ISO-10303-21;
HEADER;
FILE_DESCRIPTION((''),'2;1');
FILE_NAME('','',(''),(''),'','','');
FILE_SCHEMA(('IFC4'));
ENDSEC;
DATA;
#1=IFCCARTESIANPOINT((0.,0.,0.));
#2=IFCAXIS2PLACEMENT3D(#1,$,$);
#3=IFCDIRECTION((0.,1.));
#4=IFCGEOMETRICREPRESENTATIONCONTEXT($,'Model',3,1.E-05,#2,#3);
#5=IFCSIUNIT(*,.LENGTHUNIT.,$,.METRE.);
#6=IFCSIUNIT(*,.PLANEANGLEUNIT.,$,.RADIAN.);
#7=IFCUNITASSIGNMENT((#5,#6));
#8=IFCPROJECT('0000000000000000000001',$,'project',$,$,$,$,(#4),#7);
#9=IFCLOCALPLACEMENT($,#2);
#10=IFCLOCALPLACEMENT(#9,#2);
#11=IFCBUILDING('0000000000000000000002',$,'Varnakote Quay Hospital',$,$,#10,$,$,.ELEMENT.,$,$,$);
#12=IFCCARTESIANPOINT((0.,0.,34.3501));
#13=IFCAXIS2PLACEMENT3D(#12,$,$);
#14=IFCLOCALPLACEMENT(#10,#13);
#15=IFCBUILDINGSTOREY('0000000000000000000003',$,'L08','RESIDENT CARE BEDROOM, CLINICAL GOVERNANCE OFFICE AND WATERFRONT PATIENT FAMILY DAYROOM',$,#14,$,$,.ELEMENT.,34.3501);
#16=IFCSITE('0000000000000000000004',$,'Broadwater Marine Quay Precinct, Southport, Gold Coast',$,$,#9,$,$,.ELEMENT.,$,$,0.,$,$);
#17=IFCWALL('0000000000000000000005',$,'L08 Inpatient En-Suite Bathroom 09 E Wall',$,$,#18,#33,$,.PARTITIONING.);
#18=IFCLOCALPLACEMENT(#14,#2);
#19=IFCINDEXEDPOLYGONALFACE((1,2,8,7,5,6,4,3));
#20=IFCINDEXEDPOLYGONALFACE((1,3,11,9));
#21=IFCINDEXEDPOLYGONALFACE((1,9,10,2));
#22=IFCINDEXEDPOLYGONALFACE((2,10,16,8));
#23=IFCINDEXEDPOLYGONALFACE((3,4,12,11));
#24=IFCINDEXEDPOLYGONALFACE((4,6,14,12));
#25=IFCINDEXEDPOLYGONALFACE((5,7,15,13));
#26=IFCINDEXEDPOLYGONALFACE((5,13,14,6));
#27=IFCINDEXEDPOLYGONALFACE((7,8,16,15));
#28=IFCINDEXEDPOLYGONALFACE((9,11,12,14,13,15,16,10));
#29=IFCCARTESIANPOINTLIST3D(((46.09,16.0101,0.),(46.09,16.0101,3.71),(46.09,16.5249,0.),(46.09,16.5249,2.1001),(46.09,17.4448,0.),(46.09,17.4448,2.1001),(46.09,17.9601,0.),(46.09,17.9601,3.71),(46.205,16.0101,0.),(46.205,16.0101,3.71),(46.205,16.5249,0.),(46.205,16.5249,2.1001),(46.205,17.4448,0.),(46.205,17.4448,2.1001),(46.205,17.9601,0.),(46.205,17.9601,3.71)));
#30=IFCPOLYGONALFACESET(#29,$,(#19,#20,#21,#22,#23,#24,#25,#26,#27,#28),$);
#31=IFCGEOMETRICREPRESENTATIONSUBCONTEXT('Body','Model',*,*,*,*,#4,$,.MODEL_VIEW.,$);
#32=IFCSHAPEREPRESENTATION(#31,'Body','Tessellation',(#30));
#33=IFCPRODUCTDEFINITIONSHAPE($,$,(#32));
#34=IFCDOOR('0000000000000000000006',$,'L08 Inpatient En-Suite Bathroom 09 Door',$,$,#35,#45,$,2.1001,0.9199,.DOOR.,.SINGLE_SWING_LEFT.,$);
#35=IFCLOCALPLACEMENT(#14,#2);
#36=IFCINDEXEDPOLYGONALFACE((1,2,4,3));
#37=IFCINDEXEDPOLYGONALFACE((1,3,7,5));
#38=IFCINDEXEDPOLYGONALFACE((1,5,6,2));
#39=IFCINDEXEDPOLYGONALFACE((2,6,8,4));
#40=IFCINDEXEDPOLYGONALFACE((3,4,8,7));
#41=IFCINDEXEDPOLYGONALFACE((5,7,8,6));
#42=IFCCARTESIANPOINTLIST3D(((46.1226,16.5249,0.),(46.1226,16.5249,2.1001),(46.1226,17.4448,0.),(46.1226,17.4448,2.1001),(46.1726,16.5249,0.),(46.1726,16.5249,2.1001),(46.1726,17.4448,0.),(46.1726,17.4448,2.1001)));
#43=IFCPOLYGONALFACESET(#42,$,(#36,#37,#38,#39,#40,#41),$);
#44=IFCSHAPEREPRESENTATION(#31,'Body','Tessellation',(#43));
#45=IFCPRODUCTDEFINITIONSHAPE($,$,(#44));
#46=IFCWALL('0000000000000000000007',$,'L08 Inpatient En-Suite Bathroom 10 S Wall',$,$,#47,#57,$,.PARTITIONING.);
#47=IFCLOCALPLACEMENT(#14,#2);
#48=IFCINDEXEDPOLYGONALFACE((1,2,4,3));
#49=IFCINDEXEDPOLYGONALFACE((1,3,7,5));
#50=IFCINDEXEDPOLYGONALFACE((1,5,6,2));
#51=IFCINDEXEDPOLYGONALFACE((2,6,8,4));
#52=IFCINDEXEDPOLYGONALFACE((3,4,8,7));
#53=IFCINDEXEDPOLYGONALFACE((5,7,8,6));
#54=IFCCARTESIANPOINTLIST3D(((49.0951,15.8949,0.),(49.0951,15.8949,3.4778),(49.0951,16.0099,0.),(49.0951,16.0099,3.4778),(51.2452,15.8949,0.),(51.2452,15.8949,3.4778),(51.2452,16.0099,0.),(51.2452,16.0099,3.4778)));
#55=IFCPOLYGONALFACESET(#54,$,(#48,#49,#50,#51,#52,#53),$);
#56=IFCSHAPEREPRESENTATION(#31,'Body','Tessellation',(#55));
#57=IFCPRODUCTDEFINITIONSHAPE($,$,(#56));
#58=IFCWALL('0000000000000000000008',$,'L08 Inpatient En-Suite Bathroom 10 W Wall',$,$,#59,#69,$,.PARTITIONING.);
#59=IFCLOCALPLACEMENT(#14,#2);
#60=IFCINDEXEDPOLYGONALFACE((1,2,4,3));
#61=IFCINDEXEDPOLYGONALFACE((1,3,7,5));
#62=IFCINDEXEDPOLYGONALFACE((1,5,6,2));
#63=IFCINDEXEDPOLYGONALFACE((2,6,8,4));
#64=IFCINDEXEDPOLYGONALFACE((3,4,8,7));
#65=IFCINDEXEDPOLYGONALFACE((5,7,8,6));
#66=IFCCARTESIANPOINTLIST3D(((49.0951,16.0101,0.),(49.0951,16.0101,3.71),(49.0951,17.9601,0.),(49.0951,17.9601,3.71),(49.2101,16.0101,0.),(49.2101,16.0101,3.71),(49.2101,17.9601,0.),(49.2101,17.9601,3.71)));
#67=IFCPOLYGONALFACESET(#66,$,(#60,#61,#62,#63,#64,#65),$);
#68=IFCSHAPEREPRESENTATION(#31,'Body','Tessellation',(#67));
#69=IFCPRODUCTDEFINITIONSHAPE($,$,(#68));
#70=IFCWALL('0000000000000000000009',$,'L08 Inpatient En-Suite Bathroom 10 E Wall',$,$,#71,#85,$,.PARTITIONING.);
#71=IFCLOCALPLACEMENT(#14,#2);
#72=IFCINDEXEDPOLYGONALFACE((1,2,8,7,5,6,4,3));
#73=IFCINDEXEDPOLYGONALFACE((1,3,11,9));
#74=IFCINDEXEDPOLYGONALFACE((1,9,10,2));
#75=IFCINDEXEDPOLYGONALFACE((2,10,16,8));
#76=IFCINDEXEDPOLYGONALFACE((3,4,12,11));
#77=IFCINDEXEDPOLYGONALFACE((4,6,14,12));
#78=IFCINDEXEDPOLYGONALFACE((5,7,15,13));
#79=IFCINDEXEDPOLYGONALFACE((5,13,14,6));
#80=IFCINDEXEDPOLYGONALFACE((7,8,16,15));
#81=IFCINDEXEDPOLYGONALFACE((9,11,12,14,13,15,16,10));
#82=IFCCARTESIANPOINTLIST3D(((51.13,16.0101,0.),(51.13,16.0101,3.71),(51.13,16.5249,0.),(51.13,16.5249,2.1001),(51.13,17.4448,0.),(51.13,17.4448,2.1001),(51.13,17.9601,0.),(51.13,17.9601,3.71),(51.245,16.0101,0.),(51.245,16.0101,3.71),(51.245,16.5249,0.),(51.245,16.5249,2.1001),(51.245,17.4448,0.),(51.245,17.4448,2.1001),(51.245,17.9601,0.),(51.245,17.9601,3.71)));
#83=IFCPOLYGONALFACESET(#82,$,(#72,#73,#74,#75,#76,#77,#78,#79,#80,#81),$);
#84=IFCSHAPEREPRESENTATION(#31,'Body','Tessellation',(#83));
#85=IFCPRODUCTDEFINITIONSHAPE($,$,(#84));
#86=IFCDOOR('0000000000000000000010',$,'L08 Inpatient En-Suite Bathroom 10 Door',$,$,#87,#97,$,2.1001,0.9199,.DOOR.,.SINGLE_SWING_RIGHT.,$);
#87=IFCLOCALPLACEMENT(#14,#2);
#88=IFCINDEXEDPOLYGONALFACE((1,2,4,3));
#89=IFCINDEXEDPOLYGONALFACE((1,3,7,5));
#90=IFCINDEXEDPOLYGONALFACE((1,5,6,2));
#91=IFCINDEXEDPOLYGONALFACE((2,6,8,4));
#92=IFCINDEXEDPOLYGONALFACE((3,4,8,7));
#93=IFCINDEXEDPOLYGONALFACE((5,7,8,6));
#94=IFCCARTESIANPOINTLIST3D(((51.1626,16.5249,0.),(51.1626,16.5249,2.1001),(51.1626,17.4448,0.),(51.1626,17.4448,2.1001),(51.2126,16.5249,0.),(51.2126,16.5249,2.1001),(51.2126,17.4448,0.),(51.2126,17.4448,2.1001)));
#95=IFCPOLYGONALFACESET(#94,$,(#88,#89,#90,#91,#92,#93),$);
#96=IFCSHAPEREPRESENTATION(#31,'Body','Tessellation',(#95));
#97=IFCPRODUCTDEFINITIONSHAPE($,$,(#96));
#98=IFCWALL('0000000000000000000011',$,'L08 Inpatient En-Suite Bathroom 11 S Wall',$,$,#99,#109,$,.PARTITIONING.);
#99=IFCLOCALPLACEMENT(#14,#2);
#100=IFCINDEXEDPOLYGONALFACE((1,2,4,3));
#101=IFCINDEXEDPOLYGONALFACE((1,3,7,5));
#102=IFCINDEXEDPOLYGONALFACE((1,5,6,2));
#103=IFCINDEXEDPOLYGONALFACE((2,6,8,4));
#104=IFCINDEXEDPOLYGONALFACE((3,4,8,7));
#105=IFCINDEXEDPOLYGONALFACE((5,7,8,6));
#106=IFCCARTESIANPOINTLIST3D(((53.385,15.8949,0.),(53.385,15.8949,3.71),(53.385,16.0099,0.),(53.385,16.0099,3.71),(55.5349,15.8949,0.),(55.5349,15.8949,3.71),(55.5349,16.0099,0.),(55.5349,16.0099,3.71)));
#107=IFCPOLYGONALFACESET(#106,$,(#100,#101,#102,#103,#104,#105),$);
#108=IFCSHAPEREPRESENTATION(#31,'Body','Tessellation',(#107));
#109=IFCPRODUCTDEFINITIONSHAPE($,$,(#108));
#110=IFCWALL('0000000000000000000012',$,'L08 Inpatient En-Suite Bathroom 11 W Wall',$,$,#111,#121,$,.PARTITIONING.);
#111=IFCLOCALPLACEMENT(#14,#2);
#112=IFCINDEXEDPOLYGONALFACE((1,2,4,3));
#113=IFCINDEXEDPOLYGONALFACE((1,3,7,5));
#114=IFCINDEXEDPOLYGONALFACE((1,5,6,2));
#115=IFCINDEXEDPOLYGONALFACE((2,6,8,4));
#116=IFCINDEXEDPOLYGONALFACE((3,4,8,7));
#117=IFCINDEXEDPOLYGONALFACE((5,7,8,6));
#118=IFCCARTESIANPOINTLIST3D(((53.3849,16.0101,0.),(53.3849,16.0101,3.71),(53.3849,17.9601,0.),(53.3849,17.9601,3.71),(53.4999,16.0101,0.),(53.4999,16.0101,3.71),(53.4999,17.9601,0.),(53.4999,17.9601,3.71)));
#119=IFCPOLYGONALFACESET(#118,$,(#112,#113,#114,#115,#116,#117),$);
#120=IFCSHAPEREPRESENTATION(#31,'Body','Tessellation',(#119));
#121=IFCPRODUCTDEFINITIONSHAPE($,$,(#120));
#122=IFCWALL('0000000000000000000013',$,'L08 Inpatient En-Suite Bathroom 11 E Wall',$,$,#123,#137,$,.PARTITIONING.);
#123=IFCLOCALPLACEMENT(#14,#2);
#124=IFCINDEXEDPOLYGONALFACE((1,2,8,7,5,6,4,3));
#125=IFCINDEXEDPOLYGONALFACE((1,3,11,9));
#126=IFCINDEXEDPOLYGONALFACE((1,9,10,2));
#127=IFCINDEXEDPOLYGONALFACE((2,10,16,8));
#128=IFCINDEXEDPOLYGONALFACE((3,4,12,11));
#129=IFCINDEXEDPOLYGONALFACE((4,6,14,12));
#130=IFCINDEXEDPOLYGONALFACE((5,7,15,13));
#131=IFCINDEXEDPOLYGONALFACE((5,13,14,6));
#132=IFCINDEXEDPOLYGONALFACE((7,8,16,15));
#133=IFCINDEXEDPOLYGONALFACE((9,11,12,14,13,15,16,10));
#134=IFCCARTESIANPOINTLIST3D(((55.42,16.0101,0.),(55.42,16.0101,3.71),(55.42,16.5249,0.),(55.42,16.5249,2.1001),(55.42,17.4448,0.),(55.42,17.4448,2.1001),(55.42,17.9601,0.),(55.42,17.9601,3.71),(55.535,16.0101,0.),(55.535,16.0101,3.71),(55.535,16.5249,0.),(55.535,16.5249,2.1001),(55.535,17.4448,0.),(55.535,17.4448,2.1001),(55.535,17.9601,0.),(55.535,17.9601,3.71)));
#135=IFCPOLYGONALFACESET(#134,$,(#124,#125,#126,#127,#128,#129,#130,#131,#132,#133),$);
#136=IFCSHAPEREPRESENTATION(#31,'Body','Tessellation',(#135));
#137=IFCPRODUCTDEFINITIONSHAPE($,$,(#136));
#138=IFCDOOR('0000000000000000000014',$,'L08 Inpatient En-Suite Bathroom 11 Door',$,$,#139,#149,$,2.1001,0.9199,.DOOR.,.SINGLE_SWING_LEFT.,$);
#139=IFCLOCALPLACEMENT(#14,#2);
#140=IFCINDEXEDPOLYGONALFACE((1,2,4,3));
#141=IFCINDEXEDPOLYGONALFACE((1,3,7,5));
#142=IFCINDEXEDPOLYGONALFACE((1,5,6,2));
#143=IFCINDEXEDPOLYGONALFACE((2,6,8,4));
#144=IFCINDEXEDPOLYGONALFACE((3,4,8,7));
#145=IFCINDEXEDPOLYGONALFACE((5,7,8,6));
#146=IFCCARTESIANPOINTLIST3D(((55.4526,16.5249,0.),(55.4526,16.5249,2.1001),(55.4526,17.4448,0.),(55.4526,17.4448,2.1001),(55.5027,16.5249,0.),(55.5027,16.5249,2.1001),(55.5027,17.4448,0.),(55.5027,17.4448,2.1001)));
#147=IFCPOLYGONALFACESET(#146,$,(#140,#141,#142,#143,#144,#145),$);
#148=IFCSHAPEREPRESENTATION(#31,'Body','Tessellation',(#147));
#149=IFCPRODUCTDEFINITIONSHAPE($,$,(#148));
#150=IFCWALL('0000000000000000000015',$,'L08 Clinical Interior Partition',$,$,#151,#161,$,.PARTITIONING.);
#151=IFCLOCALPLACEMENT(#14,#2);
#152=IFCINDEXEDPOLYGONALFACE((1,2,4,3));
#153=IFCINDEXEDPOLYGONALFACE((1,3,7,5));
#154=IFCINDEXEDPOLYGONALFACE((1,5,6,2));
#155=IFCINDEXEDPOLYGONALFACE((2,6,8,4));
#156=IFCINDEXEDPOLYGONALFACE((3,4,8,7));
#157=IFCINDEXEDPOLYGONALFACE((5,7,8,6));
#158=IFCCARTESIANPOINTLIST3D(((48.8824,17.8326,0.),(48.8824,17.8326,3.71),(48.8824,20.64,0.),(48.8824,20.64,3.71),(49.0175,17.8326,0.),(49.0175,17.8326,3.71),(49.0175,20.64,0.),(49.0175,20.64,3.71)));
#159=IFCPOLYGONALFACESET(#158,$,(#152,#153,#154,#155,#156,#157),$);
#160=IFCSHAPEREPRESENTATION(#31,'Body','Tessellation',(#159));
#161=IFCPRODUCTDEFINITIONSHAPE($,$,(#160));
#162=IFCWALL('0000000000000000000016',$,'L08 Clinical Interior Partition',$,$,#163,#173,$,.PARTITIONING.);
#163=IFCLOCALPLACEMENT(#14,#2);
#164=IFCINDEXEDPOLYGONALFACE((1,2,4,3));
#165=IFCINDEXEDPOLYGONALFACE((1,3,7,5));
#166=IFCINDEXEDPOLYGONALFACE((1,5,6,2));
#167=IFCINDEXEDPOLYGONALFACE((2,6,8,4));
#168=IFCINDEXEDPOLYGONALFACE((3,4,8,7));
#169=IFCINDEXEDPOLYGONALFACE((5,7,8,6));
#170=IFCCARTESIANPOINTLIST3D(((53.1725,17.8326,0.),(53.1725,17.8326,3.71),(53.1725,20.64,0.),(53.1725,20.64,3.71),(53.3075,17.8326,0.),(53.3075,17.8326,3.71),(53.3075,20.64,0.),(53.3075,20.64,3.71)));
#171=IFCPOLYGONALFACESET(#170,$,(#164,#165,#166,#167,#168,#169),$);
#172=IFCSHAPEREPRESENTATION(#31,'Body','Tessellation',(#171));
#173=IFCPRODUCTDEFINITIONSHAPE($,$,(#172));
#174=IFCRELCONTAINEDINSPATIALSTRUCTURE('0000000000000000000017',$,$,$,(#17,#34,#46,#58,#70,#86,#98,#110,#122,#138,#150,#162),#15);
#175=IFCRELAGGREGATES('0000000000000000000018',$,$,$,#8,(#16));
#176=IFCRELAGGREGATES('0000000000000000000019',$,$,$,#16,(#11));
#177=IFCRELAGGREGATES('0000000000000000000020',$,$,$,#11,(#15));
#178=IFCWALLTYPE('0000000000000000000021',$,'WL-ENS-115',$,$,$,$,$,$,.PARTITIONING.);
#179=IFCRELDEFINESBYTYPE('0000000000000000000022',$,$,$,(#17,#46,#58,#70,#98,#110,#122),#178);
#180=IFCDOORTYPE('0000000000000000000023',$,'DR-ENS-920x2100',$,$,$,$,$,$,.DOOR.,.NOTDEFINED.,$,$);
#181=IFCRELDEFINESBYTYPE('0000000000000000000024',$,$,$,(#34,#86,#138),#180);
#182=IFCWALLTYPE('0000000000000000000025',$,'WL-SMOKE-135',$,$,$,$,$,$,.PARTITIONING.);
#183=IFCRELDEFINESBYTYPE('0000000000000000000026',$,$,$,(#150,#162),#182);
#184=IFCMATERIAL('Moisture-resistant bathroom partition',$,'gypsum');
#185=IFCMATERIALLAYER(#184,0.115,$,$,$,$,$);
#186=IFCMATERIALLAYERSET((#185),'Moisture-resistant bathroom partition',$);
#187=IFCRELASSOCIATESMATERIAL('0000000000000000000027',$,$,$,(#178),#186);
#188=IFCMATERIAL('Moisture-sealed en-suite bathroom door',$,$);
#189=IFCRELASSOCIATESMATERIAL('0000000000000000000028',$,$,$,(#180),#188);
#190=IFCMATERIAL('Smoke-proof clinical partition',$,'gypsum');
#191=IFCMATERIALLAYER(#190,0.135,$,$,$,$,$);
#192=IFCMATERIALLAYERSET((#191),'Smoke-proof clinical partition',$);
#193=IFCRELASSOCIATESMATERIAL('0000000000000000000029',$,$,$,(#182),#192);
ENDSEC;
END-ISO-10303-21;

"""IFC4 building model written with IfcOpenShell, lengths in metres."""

from ifc_helpers import new_model, si_unit, direction, frame, frame_2d, origin, place, context, subcontext, project, spatial, rectangle, extrude, material, layer, layer_set, type_object, element, fill, save


model = new_model("IFC4")

# Units and contexts
model_context = context("Model", 3, precision=1e-05, world=origin(), true_north=direction((0.0, 1.0)))
body_context = subcontext(model_context, "Body", "Model", "MODEL_VIEW")
ifc_project = project(units=[si_unit("LENGTHUNIT", "METRE"), si_unit("PLANEANGLEUNIT", "RADIAN")], contexts=[model_context])

# Site, building, storey
site_placement = place(None, origin())
site = spatial("IfcSite", under=ifc_project, at=site_placement, Name="Broadwater Marine Quay Precinct, Southport, Gold Coast", CompositionType="ELEMENT", RefElevation=0.0)
building_placement = place(site_placement, origin())
building = spatial("IfcBuilding", under=site, at=building_placement, Name="Varnakote Quay Hospital", CompositionType="ELEMENT")
storey_placement = place(building_placement, frame((0.0, 0.0, 34.3501)))
storey = spatial("IfcBuildingStorey", under=building, at=storey_placement, Name="L08", Description="RESIDENT CARE BEDROOM, CLINICAL GOVERNANCE OFFICE AND WATERFRONT PATIENT FAMILY DAYROOM", CompositionType="ELEMENT", Elevation=34.3501)

# Wall, opening, door
ifc_material_1 = material(Name="Moisture-resistant bathroom partition", Category="gypsum")
ifc_layer_1 = layer(ifc_material_1, 0.115)
ifc_layer_set_1 = layer_set([ifc_layer_1], Name="Moisture-resistant bathroom partition")
wall_type_1 = type_object("IfcWallType", Name="WL-ENS-115", PredefinedType="PARTITIONING", material=ifc_layer_set_1)
wall_1_placement = place(storey_placement, frame((46.1475, 16.01, 0.0), z_axis=(0.0, 0.0, 1.0), x_axis=(0.0, 1.0, 0.0)))
wall_1 = element("IfcWall", 1, at=wall_1_placement, inside=storey, type_object=wall_type_1, Name="L08 Inpatient En-Suite Bathroom 09 E Wall", PredefinedType="PARTITIONING", context=body_context, shape_type="SweptSolid", body=[
    extrude(rectangle(XDim=1.95, YDim=0.115, at=frame_2d((0.9751, 0.0))), origin(), (0.0, 0.0, 1.0), 3.71),
])
opening_1_placement = place(wall_1_placement, frame((0.5149, 0.0, 0.0)))
opening_1 = element("IfcOpeningElement", 2, at=opening_1_placement, cuts=wall_1, PredefinedType="OPENING", context=body_context, shape_type="SweptSolid", body=[
    extrude(rectangle(XDim=0.9199, YDim=2.1001, at=frame_2d((0.46, 1.05))), frame((0.0, 0.0674, 0.0), z_axis=(0.0, -1.0, 0.0), x_axis=(1.0, 0.0, 0.0)), (0.0, 0.0, 1.0), 0.135),
])
ifc_material_2 = material(Name="Moisture-sealed en-suite bathroom door")
door_type_1 = type_object("IfcDoorType", Name="DR-ENS-920x2100", OperationType="NOTDEFINED", PredefinedType="DOOR", material=ifc_material_2)
door_1_placement = place(opening_1_placement, origin())
door_1 = element("IfcDoor", 3, at=door_1_placement, inside=storey, type_object=door_type_1, Name="L08 Inpatient En-Suite Bathroom 09 Door", OperationType="SINGLE_SWING_LEFT", OverallHeight=2.1001, OverallWidth=0.9199, PredefinedType="DOOR", context=body_context, shape_type="SweptSolid", body=[
    extrude(rectangle(XDim=0.9199, YDim=2.1001, at=frame_2d((0.46, 1.05))), frame((0.0, 0.0249, 0.0), z_axis=(0.0, -1.0, 0.0), x_axis=(1.0, 0.0, 0.0)), (0.0, 0.0, 1.0), 0.05),
])
fill(opening_1, door_1)

# Walls
wall_2_placement = place(storey_placement, frame((49.095, 15.9524, 0.0), z_axis=(0.0, 0.0, 1.0), x_axis=(1.0, 0.0, 0.0)))
element("IfcWall", 4, at=wall_2_placement, inside=storey, type_object=wall_type_1, Name="L08 Inpatient En-Suite Bathroom 10 S Wall", PredefinedType="PARTITIONING", context=body_context, shape_type="SweptSolid", body=[
    extrude(rectangle(XDim=2.1501, YDim=0.115, at=frame_2d((1.0752, 0.0))), origin(), (0.0, 0.0, 1.0), 3.4778),
])
wall_3_placement = place(storey_placement, frame((49.1526, 16.01, 0.0), z_axis=(0.0, 0.0, 1.0), x_axis=(0.0, 1.0, 0.0)))
element("IfcWall", 5, at=wall_3_placement, inside=storey, type_object=wall_type_1, Name="L08 Inpatient En-Suite Bathroom 10 W Wall", PredefinedType="PARTITIONING", context=body_context, shape_type="SweptSolid", body=[
    extrude(rectangle(XDim=1.95, YDim=0.115, at=frame_2d((0.9751, 0.0))), origin(), (0.0, 0.0, 1.0), 3.71),
])

# Wall, opening, door
wall_4_placement = place(storey_placement, frame((51.1875, 16.01, 0.0), z_axis=(0.0, 0.0, 1.0), x_axis=(0.0, 1.0, 0.0)))
wall_4 = element("IfcWall", 6, at=wall_4_placement, inside=storey, type_object=wall_type_1, Name="L08 Inpatient En-Suite Bathroom 10 E Wall", PredefinedType="PARTITIONING", context=body_context, shape_type="SweptSolid", body=[
    extrude(rectangle(XDim=1.95, YDim=0.115, at=frame_2d((0.9751, 0.0))), origin(), (0.0, 0.0, 1.0), 3.71),
])
opening_2_placement = place(wall_4_placement, frame((0.5149, 0.0, 0.0)))
opening_2 = element("IfcOpeningElement", 7, at=opening_2_placement, cuts=wall_4, PredefinedType="OPENING", context=body_context, shape_type="SweptSolid", body=[
    extrude(rectangle(XDim=0.9199, YDim=2.1001, at=frame_2d((0.46, 1.05))), frame((0.0, 0.0674, 0.0), z_axis=(0.0, -1.0, 0.0), x_axis=(1.0, 0.0, 0.0)), (0.0, 0.0, 1.0), 0.135),
])
door_2_placement = place(opening_2_placement, origin())
door_2 = element("IfcDoor", 8, at=door_2_placement, inside=storey, type_object=door_type_1, Name="L08 Inpatient En-Suite Bathroom 10 Door", OperationType="SINGLE_SWING_RIGHT", OverallHeight=2.1001, OverallWidth=0.9199, PredefinedType="DOOR", context=body_context, shape_type="SweptSolid", body=[
    extrude(rectangle(XDim=0.9199, YDim=2.1001, at=frame_2d((0.46, 1.05))), frame((0.0, 0.0249, 0.0), z_axis=(0.0, -1.0, 0.0), x_axis=(1.0, 0.0, 0.0)), (0.0, 0.0, 1.0), 0.05),
])
fill(opening_2, door_2)

# Walls
wall_5_placement = place(storey_placement, frame((53.385, 15.9524, 0.0), z_axis=(0.0, 0.0, 1.0), x_axis=(1.0, 0.0, 0.0)))
element("IfcWall", 9, at=wall_5_placement, inside=storey, type_object=wall_type_1, Name="L08 Inpatient En-Suite Bathroom 11 S Wall", PredefinedType="PARTITIONING", context=body_context, shape_type="SweptSolid", body=[
    extrude(rectangle(XDim=2.1499, YDim=0.115, at=frame_2d((1.075, 0.0))), origin(), (0.0, 0.0, 1.0), 3.71),
])
wall_6_placement = place(storey_placement, frame((53.4424, 16.01, 0.0), z_axis=(0.0, 0.0, 1.0), x_axis=(0.0, 1.0, 0.0)))
element("IfcWall", 10, at=wall_6_placement, inside=storey, type_object=wall_type_1, Name="L08 Inpatient En-Suite Bathroom 11 W Wall", PredefinedType="PARTITIONING", context=body_context, shape_type="SweptSolid", body=[
    extrude(rectangle(XDim=1.95, YDim=0.115, at=frame_2d((0.9751, 0.0))), origin(), (0.0, 0.0, 1.0), 3.71),
])

# Wall, opening, door
wall_7_placement = place(storey_placement, frame((55.4775, 16.01, 0.0), z_axis=(0.0, 0.0, 1.0), x_axis=(0.0, 1.0, 0.0)))
wall_7 = element("IfcWall", 11, at=wall_7_placement, inside=storey, type_object=wall_type_1, Name="L08 Inpatient En-Suite Bathroom 11 E Wall", PredefinedType="PARTITIONING", context=body_context, shape_type="SweptSolid", body=[
    extrude(rectangle(XDim=1.95, YDim=0.115, at=frame_2d((0.9751, 0.0))), origin(), (0.0, 0.0, 1.0), 3.71),
])
opening_3_placement = place(wall_7_placement, frame((0.5149, 0.0, 0.0)))
opening_3 = element("IfcOpeningElement", 12, at=opening_3_placement, cuts=wall_7, PredefinedType="OPENING", context=body_context, shape_type="SweptSolid", body=[
    extrude(rectangle(XDim=0.9199, YDim=2.1001, at=frame_2d((0.46, 1.05))), frame((0.0, 0.0674, 0.0), z_axis=(0.0, -1.0, 0.0), x_axis=(1.0, 0.0, 0.0)), (0.0, 0.0, 1.0), 0.135),
])
door_3_placement = place(opening_3_placement, origin())
door_3 = element("IfcDoor", 13, at=door_3_placement, inside=storey, type_object=door_type_1, Name="L08 Inpatient En-Suite Bathroom 11 Door", OperationType="SINGLE_SWING_LEFT", OverallHeight=2.1001, OverallWidth=0.9199, PredefinedType="DOOR", context=body_context, shape_type="SweptSolid", body=[
    extrude(rectangle(XDim=0.9199, YDim=2.1001, at=frame_2d((0.46, 1.05))), frame((0.0, 0.0249, 0.0), z_axis=(0.0, -1.0, 0.0), x_axis=(1.0, 0.0, 0.0)), (0.0, 0.0, 1.0), 0.05),
])
fill(opening_3, door_3)

# Walls
ifc_material_3 = material(Name="Smoke-proof clinical partition", Category="gypsum")
ifc_layer_2 = layer(ifc_material_3, 0.135)
ifc_layer_set_2 = layer_set([ifc_layer_2], Name="Smoke-proof clinical partition")
wall_type_2 = type_object("IfcWallType", Name="WL-SMOKE-135", PredefinedType="PARTITIONING", material=ifc_layer_set_2)
for number, where, z_axis, x_axis, name in (
    (14, (48.95, 17.8325, 0.0), (0.0, 0.0, 1.0), (0.0, 1.0, 0.0), "L08 Clinical Interior Partition"),
    (15, (53.24, 17.8325, 0.0), (0.0, 0.0, 1.0), (0.0, 1.0, 0.0), "L08 Clinical Interior Partition"),
):
    element("IfcWall", number, at=place(storey_placement, frame(where, z_axis=z_axis, x_axis=x_axis)), inside=storey, type_object=wall_type_2, Name=name, PredefinedType="PARTITIONING", context=body_context, shape_type="SweptSolid", body=[
        extrude(rectangle(XDim=2.8074, YDim=0.135, at=frame_2d((1.4038, 0.0))), origin(), (0.0, 0.0, 1.0), 3.71),
    ])

save(model, "model.ifc")
